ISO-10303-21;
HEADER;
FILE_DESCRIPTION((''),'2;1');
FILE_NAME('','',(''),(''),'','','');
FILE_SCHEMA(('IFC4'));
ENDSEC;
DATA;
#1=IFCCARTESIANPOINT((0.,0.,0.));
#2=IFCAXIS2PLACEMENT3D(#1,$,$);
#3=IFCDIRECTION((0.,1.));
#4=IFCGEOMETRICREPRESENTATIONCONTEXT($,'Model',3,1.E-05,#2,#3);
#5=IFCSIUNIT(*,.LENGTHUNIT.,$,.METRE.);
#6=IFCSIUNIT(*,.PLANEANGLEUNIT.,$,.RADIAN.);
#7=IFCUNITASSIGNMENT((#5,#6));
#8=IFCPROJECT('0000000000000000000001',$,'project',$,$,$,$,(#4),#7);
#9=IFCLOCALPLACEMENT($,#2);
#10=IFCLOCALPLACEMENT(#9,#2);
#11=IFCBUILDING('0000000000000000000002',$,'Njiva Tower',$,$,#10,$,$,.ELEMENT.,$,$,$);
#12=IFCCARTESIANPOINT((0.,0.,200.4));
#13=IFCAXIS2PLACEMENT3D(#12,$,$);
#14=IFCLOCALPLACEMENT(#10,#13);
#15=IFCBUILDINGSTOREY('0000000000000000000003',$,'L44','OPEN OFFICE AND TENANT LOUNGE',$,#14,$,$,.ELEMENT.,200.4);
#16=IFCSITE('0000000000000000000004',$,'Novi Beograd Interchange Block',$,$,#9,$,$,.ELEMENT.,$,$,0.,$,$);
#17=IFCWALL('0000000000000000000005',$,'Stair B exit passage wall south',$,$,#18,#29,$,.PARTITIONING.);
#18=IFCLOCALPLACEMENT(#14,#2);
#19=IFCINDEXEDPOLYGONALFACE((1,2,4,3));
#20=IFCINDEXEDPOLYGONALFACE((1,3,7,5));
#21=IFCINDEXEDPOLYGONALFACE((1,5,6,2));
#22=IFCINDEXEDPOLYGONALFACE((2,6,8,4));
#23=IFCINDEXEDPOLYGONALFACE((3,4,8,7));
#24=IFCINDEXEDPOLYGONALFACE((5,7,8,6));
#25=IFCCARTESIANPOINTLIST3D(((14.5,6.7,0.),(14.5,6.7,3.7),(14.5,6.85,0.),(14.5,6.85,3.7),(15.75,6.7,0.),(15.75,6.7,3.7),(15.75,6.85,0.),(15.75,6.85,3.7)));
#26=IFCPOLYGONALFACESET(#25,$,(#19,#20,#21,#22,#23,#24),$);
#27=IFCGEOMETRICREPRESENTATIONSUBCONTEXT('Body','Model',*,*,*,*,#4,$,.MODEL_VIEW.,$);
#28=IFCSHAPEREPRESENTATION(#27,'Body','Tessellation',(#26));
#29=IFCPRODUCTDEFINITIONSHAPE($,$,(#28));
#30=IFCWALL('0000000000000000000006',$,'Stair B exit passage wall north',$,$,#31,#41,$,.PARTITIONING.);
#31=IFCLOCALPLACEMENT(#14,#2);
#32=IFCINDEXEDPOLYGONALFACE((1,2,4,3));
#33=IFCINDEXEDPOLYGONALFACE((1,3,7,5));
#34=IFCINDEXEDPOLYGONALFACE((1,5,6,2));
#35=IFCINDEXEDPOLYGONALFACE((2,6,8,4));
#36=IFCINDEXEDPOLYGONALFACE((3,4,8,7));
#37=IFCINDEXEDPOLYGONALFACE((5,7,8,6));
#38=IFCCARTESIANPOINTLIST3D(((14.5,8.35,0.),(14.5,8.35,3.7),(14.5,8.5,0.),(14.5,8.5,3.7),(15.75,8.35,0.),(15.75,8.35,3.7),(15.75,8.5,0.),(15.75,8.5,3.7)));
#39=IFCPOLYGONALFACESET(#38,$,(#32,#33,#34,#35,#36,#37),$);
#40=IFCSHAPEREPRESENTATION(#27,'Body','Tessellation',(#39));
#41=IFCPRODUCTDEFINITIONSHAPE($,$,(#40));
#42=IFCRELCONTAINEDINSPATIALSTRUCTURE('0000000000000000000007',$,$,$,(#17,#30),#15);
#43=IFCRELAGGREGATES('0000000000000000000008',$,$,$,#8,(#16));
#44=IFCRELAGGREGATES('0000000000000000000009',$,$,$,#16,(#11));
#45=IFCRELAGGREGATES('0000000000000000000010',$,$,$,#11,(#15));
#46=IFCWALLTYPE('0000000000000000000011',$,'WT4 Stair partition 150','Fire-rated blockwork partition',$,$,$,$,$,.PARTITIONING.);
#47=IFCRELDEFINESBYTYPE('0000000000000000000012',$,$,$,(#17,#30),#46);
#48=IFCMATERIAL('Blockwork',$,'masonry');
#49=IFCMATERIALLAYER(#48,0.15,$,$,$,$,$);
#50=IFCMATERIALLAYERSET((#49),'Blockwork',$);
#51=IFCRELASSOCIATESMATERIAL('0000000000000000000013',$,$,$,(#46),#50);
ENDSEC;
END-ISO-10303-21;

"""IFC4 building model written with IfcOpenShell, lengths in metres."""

from ifc_helpers import new_model, si_unit, direction, frame, frame_2d, origin, place, context, subcontext, project, spatial, rectangle, extrude, material, layer, layer_set, type_object, element, save


model = new_model("IFC4")

# Units and contexts
model_context = context("Model", 3, precision=1e-05, world=origin(), true_north=direction((0.0, 1.0)))
body_context = subcontext(model_context, "Body", "Model", "MODEL_VIEW")
ifc_project = project(units=[si_unit("LENGTHUNIT", "METRE"), si_unit("PLANEANGLEUNIT", "RADIAN")], contexts=[model_context])

# Site, building, storey
site_placement = place(None, origin())
site = spatial("IfcSite", under=ifc_project, at=site_placement, Name="Novi Beograd Interchange Block", CompositionType="ELEMENT", RefElevation=0.0)
building_placement = place(site_placement, origin())
building = spatial("IfcBuilding", under=site, at=building_placement, Name="Njiva Tower", CompositionType="ELEMENT")
storey_placement = place(building_placement, frame((0.0, 0.0, 200.4)))
storey = spatial("IfcBuildingStorey", under=building, at=storey_placement, Name="L44", Description="OPEN OFFICE AND TENANT LOUNGE", CompositionType="ELEMENT", Elevation=200.4)

# Shared definitions
ifc_material_1 = material(Name="Blockwork", Category="masonry")

# Walls
ifc_layer_1 = layer(ifc_material_1, 0.15)
ifc_layer_set_1 = layer_set([ifc_layer_1], Name="Blockwork")
wall_type_1 = type_object("IfcWallType", Name="WT4 Stair partition 150", Description="Fire-rated blockwork partition", PredefinedType="PARTITIONING", material=ifc_layer_set_1)
for number, where, z_axis, x_axis, name in (
    (1, (14.5, 6.775, 0.0), (0.0, 0.0, 1.0), (1.0, 0.0, 0.0), "Stair B exit passage wall south"),
    (2, (14.5, 8.425, 0.0), (0.0, 0.0, 1.0), (1.0, 0.0, 0.0), "Stair B exit passage wall north"),
):
    element("IfcWall", number, at=place(storey_placement, frame(where, z_axis=z_axis, x_axis=x_axis)), inside=storey, type_object=wall_type_1, Name=name, PredefinedType="PARTITIONING", context=body_context, shape_type="SweptSolid", body=[
        extrude(rectangle(XDim=1.25, YDim=0.15, at=frame_2d((0.625, 0.0))), origin(), (0.0, 0.0, 1.0), 3.7),
    ])

save(model, "model.ifc")
